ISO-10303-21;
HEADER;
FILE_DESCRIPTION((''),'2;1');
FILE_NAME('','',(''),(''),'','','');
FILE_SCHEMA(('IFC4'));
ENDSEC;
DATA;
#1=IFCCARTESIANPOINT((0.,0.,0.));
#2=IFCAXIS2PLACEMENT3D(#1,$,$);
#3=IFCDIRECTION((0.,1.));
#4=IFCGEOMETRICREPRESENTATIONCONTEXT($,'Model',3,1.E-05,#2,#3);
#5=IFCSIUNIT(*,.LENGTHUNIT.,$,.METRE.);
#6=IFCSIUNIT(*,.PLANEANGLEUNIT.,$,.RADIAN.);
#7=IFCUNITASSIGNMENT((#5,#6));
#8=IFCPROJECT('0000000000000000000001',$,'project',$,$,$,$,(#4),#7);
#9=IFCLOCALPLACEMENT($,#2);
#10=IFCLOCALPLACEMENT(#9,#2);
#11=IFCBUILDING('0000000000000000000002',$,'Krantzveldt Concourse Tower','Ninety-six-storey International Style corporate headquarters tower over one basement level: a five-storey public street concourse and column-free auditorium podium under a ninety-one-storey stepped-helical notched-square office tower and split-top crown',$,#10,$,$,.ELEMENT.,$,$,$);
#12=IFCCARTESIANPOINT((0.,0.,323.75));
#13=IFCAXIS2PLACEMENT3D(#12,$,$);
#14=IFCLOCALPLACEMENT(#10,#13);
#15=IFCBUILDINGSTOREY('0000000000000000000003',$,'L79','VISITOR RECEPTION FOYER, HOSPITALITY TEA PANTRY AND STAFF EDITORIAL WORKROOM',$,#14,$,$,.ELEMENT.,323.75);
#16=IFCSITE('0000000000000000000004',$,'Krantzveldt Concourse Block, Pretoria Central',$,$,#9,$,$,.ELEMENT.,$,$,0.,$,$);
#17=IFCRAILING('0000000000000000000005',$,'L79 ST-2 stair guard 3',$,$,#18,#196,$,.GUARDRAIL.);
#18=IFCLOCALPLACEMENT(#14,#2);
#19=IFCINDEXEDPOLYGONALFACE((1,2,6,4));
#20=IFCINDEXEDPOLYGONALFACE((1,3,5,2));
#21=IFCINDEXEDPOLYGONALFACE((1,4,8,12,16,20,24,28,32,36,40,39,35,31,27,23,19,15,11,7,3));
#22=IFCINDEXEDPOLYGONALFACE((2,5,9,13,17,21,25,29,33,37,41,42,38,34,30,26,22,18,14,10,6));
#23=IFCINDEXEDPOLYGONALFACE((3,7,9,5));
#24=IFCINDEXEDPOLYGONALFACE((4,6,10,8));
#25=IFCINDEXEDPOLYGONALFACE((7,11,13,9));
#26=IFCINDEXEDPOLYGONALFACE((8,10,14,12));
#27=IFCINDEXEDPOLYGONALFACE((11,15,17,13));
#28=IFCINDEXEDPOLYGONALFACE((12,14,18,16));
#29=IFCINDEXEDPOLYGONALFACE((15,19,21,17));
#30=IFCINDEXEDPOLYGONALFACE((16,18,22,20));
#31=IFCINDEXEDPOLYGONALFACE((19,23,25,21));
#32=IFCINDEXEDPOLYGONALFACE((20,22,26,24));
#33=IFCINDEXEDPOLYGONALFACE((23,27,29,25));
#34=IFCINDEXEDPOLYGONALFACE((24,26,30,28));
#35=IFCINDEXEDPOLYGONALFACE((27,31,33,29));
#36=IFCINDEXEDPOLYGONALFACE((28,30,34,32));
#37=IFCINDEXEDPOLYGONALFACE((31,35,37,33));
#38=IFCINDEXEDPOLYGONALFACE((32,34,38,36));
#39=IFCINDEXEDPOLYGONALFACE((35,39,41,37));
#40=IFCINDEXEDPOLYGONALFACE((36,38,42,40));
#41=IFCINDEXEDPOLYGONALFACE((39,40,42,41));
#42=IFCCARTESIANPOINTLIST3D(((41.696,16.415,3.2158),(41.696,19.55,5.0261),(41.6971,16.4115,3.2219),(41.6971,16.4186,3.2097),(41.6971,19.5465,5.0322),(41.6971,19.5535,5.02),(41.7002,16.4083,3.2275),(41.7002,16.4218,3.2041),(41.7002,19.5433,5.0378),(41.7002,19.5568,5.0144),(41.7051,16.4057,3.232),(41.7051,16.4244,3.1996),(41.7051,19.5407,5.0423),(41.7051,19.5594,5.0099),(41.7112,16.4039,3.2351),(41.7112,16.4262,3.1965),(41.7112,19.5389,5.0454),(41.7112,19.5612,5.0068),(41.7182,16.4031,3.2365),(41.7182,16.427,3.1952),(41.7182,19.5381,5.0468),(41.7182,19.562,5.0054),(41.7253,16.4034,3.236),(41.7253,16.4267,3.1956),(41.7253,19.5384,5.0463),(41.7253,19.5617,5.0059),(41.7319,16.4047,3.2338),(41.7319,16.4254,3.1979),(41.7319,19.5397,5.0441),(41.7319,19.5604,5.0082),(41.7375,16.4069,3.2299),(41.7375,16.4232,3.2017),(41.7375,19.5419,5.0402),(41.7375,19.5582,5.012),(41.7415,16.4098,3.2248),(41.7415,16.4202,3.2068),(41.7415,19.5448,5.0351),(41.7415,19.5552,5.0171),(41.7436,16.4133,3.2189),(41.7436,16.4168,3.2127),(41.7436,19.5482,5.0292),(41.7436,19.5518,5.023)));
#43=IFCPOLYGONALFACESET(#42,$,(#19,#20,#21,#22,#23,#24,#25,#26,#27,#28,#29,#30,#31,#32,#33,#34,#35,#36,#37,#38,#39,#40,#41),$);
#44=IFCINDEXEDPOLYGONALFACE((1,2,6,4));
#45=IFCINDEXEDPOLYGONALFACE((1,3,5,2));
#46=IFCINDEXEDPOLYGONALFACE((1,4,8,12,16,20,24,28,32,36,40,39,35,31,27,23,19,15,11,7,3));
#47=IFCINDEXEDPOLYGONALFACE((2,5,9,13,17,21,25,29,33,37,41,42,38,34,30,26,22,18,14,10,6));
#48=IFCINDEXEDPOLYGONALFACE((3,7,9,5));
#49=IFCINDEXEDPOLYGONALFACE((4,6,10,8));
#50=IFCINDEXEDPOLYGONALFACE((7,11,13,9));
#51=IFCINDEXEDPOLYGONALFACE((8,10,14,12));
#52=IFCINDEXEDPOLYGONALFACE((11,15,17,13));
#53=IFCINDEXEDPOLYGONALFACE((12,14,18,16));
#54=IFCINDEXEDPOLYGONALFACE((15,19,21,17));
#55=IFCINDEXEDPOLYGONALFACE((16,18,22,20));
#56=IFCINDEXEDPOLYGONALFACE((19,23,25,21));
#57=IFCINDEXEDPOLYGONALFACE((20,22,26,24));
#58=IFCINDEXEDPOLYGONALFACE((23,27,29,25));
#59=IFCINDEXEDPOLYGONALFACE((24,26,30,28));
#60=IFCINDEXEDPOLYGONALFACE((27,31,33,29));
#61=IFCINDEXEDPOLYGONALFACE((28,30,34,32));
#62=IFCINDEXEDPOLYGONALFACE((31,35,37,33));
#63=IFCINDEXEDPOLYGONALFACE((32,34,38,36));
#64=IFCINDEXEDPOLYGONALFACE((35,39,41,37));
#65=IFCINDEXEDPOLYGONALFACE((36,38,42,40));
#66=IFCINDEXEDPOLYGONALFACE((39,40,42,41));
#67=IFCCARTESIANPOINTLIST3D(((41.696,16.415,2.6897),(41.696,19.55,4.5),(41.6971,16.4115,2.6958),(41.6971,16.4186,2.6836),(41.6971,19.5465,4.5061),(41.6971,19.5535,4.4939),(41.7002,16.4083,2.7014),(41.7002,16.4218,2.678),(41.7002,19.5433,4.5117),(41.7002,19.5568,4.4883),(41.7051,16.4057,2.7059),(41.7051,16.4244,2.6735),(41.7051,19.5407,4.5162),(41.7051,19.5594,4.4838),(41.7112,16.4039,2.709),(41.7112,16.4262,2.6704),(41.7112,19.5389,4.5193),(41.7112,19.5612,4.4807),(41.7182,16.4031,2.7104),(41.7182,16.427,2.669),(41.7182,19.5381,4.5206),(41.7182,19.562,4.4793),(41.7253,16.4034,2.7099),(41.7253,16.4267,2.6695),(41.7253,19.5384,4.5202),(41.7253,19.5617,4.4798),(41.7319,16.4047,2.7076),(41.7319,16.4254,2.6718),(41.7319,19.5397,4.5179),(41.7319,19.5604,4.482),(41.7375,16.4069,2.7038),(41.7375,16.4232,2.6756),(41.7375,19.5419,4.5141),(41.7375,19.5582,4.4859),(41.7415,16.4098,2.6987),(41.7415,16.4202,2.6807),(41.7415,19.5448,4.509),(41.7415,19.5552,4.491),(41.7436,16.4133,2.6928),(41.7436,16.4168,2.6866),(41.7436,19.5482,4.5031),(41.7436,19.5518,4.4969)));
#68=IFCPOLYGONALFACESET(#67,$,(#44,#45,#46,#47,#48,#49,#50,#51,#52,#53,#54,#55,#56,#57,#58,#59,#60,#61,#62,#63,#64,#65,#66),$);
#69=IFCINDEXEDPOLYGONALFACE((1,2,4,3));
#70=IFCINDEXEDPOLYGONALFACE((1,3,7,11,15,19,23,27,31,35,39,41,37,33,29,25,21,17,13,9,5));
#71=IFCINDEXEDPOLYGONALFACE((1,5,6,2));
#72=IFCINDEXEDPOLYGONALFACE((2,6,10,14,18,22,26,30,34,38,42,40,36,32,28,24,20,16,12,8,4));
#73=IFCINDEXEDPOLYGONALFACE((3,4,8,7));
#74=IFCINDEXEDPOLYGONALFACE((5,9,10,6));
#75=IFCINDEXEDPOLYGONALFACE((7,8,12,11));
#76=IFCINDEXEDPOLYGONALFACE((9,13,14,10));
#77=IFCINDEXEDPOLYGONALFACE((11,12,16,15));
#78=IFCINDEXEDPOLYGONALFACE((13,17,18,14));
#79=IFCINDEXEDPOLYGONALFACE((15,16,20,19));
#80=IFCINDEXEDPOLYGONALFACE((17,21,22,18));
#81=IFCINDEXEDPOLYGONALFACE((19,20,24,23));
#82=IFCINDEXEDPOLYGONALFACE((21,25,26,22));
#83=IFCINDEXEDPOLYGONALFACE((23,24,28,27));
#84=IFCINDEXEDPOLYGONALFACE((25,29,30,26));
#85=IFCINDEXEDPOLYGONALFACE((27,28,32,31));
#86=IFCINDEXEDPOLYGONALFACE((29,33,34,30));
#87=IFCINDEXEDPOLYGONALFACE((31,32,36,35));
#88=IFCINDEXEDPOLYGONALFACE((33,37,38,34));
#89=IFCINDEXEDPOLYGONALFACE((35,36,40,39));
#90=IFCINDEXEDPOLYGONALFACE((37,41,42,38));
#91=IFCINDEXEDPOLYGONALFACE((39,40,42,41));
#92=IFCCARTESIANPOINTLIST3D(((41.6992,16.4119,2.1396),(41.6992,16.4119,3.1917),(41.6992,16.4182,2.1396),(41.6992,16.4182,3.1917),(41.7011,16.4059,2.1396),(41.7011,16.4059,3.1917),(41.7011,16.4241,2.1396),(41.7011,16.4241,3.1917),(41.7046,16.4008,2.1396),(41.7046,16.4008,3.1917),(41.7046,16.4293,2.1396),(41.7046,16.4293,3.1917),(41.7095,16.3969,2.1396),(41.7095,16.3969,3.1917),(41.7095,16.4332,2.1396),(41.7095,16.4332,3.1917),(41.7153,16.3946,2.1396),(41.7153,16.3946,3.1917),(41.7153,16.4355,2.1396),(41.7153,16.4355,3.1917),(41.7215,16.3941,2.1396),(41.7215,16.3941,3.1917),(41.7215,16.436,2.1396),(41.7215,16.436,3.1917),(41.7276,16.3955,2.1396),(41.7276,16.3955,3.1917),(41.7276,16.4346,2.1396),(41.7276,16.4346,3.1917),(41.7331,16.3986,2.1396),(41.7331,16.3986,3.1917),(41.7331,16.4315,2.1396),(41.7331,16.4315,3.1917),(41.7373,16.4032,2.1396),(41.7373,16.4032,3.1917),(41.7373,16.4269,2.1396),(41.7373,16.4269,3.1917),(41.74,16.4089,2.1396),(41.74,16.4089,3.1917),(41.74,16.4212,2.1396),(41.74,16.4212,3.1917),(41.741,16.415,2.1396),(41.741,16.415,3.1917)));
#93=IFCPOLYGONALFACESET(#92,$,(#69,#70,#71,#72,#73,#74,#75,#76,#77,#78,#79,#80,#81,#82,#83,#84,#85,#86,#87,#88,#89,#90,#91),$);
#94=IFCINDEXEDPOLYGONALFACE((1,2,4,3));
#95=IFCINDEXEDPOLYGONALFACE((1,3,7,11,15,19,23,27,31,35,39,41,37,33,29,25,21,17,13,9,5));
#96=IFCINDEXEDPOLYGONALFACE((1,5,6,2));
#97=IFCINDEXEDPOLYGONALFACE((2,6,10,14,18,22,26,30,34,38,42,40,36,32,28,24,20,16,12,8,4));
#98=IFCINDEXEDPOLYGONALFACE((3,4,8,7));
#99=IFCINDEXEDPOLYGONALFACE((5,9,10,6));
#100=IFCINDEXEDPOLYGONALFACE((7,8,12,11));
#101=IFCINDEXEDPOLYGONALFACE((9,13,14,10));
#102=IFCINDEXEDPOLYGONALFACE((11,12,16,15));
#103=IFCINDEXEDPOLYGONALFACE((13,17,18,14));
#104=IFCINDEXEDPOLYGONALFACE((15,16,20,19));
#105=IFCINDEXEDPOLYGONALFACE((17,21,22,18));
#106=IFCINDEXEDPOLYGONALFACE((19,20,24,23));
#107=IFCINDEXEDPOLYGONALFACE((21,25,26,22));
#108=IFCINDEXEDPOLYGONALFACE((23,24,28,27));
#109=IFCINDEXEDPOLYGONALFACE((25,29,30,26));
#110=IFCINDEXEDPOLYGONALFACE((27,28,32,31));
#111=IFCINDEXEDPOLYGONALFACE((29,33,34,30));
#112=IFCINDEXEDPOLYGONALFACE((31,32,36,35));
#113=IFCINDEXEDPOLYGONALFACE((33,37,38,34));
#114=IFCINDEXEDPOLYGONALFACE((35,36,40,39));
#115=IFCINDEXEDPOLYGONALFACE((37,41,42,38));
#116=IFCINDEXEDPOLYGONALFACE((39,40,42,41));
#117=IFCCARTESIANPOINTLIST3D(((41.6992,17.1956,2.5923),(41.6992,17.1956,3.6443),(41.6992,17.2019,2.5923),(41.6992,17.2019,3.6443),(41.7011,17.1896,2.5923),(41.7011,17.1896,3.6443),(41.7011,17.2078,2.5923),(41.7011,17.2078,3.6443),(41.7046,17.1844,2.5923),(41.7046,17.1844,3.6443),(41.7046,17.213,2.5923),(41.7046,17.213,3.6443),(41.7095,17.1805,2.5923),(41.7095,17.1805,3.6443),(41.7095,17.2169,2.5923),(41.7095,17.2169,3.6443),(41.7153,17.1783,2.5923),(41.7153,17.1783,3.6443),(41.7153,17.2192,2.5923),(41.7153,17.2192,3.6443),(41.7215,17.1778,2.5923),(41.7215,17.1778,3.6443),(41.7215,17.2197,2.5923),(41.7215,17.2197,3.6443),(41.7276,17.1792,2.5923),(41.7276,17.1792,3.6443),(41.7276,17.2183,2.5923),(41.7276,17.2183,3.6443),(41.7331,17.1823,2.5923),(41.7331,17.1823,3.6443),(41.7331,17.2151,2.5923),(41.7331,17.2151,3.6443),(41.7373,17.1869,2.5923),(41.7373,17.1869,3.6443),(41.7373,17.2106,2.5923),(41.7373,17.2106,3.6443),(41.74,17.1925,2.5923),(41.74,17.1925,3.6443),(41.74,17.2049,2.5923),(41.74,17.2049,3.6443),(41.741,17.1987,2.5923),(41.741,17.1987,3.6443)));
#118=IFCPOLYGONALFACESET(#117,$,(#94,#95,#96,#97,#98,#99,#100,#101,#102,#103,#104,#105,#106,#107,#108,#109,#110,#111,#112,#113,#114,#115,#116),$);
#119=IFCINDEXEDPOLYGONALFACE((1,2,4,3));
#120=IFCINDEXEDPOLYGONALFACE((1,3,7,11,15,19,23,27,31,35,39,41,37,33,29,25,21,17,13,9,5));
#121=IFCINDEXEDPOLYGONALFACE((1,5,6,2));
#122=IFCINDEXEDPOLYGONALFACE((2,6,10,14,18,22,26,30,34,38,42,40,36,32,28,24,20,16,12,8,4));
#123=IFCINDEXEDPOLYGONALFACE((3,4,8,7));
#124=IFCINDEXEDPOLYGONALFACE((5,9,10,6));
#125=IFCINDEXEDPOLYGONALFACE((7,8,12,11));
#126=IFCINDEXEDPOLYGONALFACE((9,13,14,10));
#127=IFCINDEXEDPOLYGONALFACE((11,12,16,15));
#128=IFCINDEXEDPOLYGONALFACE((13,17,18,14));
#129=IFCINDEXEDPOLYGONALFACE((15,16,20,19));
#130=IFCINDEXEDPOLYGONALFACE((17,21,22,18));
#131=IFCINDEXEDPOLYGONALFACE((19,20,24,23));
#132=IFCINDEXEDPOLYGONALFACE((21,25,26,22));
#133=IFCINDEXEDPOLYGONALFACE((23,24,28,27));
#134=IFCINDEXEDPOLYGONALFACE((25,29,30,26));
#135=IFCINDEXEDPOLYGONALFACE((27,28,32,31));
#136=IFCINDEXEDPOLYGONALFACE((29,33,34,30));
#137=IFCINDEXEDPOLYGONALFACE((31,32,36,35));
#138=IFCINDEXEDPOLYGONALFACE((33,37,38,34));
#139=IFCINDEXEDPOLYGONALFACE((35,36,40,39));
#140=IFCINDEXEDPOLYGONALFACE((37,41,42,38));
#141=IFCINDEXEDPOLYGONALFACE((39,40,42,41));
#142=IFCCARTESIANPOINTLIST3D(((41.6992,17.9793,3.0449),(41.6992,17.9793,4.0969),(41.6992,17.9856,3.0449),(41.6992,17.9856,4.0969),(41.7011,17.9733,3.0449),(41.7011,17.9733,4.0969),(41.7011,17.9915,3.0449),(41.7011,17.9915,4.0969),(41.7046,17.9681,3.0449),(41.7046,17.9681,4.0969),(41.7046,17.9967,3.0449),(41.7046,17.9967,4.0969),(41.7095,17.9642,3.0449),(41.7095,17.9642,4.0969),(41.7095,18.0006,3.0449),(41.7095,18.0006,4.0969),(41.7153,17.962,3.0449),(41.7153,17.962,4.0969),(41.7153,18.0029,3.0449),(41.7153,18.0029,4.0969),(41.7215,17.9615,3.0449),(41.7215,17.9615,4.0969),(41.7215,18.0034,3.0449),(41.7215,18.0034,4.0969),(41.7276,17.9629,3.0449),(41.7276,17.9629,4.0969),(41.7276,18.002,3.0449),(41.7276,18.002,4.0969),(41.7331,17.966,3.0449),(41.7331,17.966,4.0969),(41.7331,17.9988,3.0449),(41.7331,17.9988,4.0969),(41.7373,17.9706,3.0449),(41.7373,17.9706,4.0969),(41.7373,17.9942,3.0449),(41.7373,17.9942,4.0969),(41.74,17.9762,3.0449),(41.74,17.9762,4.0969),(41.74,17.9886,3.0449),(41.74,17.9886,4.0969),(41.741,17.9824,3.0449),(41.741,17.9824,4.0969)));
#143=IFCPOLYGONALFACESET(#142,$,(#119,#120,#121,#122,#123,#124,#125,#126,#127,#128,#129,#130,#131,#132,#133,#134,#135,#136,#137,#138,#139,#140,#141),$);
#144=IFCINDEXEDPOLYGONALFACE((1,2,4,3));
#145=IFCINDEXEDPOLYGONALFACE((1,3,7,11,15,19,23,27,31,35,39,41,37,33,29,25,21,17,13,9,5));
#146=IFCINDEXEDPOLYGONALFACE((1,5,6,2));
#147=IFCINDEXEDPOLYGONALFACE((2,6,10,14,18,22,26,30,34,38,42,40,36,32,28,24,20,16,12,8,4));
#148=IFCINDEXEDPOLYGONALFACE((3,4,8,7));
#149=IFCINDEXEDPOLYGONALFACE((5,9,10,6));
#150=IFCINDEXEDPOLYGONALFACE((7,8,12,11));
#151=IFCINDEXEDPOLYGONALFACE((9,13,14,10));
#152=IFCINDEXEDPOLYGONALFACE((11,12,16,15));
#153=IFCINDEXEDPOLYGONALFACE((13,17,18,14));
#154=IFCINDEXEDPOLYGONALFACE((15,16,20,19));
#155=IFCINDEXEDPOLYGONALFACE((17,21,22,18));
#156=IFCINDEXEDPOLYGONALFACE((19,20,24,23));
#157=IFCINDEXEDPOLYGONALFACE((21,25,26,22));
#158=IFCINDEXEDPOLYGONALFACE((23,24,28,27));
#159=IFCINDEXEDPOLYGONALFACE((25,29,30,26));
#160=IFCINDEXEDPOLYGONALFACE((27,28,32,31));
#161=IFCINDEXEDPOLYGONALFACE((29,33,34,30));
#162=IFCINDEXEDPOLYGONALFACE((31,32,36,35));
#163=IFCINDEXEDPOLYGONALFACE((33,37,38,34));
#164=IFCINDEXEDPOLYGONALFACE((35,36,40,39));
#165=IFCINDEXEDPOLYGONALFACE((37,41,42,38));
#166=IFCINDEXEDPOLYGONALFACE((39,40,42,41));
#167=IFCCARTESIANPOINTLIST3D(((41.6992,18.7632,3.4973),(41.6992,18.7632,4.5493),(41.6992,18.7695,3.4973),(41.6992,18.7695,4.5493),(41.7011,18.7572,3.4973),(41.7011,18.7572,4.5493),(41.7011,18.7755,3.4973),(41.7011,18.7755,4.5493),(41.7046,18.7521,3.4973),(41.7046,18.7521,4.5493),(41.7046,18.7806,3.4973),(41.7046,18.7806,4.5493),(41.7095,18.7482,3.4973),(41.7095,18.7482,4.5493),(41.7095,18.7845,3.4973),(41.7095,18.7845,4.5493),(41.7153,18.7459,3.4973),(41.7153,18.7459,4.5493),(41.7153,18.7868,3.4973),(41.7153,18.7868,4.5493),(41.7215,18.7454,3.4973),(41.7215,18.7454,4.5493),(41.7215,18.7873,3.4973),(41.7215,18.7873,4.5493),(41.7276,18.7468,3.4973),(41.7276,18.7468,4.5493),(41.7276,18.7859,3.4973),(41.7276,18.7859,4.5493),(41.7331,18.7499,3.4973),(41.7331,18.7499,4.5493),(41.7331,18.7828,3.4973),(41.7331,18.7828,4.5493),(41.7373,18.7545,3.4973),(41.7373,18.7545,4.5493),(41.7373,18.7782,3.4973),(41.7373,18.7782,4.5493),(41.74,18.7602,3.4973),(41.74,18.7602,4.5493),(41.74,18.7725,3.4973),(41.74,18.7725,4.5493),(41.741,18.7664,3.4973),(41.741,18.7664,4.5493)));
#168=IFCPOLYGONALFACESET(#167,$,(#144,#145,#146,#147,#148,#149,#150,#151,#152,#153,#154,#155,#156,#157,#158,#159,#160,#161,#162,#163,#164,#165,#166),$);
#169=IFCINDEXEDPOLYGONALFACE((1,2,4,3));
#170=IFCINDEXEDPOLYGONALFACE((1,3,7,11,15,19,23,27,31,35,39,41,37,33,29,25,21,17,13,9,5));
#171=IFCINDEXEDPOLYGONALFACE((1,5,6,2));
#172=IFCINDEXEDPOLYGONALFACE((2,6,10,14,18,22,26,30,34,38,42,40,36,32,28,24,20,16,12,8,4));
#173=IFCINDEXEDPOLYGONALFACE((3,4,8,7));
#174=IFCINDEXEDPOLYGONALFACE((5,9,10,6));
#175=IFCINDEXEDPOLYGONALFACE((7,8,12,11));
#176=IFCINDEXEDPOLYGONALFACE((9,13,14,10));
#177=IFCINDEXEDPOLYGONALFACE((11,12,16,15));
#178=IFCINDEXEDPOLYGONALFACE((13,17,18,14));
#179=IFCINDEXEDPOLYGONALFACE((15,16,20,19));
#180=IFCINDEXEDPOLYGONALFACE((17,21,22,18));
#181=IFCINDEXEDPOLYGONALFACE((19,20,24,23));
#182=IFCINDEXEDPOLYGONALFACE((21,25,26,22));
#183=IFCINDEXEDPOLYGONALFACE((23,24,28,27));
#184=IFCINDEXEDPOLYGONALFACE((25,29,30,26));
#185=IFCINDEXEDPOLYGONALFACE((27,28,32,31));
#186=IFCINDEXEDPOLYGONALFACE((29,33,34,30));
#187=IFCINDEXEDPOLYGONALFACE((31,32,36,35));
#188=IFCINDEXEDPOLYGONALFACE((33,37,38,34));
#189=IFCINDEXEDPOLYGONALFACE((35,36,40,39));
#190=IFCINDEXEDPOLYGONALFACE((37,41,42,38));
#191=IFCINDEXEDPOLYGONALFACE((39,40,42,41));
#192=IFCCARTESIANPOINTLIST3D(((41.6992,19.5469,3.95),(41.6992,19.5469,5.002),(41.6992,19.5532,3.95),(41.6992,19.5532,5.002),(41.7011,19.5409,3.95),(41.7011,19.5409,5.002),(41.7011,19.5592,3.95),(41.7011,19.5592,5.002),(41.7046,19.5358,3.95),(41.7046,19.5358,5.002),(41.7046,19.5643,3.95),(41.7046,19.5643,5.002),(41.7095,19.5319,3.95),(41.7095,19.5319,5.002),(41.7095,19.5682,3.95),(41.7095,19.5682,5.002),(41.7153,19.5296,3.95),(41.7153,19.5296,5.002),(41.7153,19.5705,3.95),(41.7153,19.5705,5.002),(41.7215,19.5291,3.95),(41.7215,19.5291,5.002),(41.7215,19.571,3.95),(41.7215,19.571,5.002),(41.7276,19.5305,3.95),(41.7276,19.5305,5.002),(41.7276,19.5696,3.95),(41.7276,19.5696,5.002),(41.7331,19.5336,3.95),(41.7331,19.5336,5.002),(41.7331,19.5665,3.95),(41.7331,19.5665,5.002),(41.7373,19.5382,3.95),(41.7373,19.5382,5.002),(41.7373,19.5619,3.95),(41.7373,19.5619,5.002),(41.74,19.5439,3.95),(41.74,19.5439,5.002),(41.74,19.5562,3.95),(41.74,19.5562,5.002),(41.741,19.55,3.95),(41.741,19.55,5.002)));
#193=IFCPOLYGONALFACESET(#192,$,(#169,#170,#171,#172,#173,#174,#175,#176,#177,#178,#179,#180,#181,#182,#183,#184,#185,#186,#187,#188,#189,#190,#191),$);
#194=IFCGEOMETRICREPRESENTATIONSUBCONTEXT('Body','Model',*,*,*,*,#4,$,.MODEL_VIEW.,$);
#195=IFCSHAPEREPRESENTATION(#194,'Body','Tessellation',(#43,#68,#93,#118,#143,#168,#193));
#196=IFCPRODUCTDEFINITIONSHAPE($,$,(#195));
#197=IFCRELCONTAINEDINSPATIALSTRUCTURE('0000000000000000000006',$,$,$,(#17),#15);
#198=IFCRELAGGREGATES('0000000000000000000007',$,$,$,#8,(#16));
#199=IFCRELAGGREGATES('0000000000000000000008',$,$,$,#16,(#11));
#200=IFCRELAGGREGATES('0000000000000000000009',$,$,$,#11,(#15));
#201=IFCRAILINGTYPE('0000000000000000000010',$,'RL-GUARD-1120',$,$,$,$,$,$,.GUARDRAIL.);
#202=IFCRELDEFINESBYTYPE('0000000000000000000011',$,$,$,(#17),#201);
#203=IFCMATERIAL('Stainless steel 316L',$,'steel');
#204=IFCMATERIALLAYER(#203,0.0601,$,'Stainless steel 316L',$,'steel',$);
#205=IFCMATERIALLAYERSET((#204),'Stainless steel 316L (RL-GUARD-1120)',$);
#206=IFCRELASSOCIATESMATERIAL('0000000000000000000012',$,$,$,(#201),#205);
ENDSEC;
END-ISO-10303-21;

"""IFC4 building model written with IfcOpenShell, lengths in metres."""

from ifc_helpers import new_model, si_unit, direction, frame, origin, origin_2d, place, context, subcontext, project, spatial, circle, extrude, material, layer, layer_set, type_object, element, save


model = new_model("IFC4")

# Units and contexts
model_context = context("Model", 3, precision=1e-05, world=origin(), true_north=direction((0.0, 1.0)))
body_context = subcontext(model_context, "Body", "Model", "MODEL_VIEW")
ifc_project = project(units=[si_unit("LENGTHUNIT", "METRE"), si_unit("PLANEANGLEUNIT", "RADIAN")], contexts=[model_context])

# Site, building, storey
site_placement = place(None, origin())
site = spatial("IfcSite", under=ifc_project, at=site_placement, Name="Krantzveldt Concourse Block, Pretoria Central", CompositionType="ELEMENT", RefElevation=0.0)
building_placement = place(site_placement, origin())
building = spatial("IfcBuilding", under=site, at=building_placement, Name="Krantzveldt Concourse Tower", Description="Ninety-six-storey International Style corporate headquarters tower over one basement level: a five-storey public street concourse and column-free auditorium podium under a ninety-one-storey stepped-helical notched-square office tower and split-top crown", CompositionType="ELEMENT")
storey_placement = place(building_placement, frame((0.0, 0.0, 323.75)))
storey = spatial("IfcBuildingStorey", under=building, at=storey_placement, Name="L79", Description="VISITOR RECEPTION FOYER, HOSPITALITY TEA PANTRY AND STAFF EDITORIAL WORKROOM", CompositionType="ELEMENT", Elevation=323.75)

# Shared definitions
ifc_material_1 = material(Name="Stainless steel 316L", Category="steel")

# Railing
ifc_layer_1 = layer(ifc_material_1, 0.0601, Name="Stainless steel 316L", Category="steel")
ifc_layer_set_1 = layer_set([ifc_layer_1], Name="Stainless steel 316L (RL-GUARD-1120)")
railing_type = type_object("IfcRailingType", Name="RL-GUARD-1120", PredefinedType="GUARDRAIL", material=ifc_layer_set_1)
railing_1_placement = place(storey_placement, frame((41.72, 16.415, 2.1396)))
element("IfcRailing", 1, at=railing_1_placement, inside=storey, type_object=railing_type, Name="L79 ST-2 stair guard 3", PredefinedType="GUARDRAIL", context=body_context, shape_type="SweptSolid", body=[
    extrude(circle(Radius=0.0239, at=origin_2d()), frame((0.0, 0.0, 1.0762), z_axis=(0.0, 0.865989, 0.500063), x_axis=(-1.0, 0.0, 0.0)), (0.0, 0.0, 1.0), 3.6201),
    extrude(circle(Radius=0.0239, at=origin_2d()), frame((0.0, 0.0, 0.55), z_axis=(0.0, 0.865989, 0.500063), x_axis=(-1.0, 0.0, 0.0)), (0.0, 0.0, 1.0), 3.6201),
    extrude(circle(Radius=0.021, at=origin_2d()), origin(), (0.0, 0.0, 1.0), 1.052),
    extrude(circle(Radius=0.021, at=origin_2d()), frame((0.0, 0.7837, 0.4526)), (0.0, 0.0, 1.0), 1.052),
    extrude(circle(Radius=0.021, at=origin_2d()), frame((0.0, 1.5674, 0.9053)), (0.0, 0.0, 1.0), 1.052),
    extrude(circle(Radius=0.021, at=origin_2d()), frame((0.0, 2.3513, 1.3577)), (0.0, 0.0, 1.0), 1.052),
    extrude(circle(Radius=0.021, at=origin_2d()), frame((0.0, 3.135, 1.8103)), (0.0, 0.0, 1.0), 1.052),
])

save(model, "model.ifc")
